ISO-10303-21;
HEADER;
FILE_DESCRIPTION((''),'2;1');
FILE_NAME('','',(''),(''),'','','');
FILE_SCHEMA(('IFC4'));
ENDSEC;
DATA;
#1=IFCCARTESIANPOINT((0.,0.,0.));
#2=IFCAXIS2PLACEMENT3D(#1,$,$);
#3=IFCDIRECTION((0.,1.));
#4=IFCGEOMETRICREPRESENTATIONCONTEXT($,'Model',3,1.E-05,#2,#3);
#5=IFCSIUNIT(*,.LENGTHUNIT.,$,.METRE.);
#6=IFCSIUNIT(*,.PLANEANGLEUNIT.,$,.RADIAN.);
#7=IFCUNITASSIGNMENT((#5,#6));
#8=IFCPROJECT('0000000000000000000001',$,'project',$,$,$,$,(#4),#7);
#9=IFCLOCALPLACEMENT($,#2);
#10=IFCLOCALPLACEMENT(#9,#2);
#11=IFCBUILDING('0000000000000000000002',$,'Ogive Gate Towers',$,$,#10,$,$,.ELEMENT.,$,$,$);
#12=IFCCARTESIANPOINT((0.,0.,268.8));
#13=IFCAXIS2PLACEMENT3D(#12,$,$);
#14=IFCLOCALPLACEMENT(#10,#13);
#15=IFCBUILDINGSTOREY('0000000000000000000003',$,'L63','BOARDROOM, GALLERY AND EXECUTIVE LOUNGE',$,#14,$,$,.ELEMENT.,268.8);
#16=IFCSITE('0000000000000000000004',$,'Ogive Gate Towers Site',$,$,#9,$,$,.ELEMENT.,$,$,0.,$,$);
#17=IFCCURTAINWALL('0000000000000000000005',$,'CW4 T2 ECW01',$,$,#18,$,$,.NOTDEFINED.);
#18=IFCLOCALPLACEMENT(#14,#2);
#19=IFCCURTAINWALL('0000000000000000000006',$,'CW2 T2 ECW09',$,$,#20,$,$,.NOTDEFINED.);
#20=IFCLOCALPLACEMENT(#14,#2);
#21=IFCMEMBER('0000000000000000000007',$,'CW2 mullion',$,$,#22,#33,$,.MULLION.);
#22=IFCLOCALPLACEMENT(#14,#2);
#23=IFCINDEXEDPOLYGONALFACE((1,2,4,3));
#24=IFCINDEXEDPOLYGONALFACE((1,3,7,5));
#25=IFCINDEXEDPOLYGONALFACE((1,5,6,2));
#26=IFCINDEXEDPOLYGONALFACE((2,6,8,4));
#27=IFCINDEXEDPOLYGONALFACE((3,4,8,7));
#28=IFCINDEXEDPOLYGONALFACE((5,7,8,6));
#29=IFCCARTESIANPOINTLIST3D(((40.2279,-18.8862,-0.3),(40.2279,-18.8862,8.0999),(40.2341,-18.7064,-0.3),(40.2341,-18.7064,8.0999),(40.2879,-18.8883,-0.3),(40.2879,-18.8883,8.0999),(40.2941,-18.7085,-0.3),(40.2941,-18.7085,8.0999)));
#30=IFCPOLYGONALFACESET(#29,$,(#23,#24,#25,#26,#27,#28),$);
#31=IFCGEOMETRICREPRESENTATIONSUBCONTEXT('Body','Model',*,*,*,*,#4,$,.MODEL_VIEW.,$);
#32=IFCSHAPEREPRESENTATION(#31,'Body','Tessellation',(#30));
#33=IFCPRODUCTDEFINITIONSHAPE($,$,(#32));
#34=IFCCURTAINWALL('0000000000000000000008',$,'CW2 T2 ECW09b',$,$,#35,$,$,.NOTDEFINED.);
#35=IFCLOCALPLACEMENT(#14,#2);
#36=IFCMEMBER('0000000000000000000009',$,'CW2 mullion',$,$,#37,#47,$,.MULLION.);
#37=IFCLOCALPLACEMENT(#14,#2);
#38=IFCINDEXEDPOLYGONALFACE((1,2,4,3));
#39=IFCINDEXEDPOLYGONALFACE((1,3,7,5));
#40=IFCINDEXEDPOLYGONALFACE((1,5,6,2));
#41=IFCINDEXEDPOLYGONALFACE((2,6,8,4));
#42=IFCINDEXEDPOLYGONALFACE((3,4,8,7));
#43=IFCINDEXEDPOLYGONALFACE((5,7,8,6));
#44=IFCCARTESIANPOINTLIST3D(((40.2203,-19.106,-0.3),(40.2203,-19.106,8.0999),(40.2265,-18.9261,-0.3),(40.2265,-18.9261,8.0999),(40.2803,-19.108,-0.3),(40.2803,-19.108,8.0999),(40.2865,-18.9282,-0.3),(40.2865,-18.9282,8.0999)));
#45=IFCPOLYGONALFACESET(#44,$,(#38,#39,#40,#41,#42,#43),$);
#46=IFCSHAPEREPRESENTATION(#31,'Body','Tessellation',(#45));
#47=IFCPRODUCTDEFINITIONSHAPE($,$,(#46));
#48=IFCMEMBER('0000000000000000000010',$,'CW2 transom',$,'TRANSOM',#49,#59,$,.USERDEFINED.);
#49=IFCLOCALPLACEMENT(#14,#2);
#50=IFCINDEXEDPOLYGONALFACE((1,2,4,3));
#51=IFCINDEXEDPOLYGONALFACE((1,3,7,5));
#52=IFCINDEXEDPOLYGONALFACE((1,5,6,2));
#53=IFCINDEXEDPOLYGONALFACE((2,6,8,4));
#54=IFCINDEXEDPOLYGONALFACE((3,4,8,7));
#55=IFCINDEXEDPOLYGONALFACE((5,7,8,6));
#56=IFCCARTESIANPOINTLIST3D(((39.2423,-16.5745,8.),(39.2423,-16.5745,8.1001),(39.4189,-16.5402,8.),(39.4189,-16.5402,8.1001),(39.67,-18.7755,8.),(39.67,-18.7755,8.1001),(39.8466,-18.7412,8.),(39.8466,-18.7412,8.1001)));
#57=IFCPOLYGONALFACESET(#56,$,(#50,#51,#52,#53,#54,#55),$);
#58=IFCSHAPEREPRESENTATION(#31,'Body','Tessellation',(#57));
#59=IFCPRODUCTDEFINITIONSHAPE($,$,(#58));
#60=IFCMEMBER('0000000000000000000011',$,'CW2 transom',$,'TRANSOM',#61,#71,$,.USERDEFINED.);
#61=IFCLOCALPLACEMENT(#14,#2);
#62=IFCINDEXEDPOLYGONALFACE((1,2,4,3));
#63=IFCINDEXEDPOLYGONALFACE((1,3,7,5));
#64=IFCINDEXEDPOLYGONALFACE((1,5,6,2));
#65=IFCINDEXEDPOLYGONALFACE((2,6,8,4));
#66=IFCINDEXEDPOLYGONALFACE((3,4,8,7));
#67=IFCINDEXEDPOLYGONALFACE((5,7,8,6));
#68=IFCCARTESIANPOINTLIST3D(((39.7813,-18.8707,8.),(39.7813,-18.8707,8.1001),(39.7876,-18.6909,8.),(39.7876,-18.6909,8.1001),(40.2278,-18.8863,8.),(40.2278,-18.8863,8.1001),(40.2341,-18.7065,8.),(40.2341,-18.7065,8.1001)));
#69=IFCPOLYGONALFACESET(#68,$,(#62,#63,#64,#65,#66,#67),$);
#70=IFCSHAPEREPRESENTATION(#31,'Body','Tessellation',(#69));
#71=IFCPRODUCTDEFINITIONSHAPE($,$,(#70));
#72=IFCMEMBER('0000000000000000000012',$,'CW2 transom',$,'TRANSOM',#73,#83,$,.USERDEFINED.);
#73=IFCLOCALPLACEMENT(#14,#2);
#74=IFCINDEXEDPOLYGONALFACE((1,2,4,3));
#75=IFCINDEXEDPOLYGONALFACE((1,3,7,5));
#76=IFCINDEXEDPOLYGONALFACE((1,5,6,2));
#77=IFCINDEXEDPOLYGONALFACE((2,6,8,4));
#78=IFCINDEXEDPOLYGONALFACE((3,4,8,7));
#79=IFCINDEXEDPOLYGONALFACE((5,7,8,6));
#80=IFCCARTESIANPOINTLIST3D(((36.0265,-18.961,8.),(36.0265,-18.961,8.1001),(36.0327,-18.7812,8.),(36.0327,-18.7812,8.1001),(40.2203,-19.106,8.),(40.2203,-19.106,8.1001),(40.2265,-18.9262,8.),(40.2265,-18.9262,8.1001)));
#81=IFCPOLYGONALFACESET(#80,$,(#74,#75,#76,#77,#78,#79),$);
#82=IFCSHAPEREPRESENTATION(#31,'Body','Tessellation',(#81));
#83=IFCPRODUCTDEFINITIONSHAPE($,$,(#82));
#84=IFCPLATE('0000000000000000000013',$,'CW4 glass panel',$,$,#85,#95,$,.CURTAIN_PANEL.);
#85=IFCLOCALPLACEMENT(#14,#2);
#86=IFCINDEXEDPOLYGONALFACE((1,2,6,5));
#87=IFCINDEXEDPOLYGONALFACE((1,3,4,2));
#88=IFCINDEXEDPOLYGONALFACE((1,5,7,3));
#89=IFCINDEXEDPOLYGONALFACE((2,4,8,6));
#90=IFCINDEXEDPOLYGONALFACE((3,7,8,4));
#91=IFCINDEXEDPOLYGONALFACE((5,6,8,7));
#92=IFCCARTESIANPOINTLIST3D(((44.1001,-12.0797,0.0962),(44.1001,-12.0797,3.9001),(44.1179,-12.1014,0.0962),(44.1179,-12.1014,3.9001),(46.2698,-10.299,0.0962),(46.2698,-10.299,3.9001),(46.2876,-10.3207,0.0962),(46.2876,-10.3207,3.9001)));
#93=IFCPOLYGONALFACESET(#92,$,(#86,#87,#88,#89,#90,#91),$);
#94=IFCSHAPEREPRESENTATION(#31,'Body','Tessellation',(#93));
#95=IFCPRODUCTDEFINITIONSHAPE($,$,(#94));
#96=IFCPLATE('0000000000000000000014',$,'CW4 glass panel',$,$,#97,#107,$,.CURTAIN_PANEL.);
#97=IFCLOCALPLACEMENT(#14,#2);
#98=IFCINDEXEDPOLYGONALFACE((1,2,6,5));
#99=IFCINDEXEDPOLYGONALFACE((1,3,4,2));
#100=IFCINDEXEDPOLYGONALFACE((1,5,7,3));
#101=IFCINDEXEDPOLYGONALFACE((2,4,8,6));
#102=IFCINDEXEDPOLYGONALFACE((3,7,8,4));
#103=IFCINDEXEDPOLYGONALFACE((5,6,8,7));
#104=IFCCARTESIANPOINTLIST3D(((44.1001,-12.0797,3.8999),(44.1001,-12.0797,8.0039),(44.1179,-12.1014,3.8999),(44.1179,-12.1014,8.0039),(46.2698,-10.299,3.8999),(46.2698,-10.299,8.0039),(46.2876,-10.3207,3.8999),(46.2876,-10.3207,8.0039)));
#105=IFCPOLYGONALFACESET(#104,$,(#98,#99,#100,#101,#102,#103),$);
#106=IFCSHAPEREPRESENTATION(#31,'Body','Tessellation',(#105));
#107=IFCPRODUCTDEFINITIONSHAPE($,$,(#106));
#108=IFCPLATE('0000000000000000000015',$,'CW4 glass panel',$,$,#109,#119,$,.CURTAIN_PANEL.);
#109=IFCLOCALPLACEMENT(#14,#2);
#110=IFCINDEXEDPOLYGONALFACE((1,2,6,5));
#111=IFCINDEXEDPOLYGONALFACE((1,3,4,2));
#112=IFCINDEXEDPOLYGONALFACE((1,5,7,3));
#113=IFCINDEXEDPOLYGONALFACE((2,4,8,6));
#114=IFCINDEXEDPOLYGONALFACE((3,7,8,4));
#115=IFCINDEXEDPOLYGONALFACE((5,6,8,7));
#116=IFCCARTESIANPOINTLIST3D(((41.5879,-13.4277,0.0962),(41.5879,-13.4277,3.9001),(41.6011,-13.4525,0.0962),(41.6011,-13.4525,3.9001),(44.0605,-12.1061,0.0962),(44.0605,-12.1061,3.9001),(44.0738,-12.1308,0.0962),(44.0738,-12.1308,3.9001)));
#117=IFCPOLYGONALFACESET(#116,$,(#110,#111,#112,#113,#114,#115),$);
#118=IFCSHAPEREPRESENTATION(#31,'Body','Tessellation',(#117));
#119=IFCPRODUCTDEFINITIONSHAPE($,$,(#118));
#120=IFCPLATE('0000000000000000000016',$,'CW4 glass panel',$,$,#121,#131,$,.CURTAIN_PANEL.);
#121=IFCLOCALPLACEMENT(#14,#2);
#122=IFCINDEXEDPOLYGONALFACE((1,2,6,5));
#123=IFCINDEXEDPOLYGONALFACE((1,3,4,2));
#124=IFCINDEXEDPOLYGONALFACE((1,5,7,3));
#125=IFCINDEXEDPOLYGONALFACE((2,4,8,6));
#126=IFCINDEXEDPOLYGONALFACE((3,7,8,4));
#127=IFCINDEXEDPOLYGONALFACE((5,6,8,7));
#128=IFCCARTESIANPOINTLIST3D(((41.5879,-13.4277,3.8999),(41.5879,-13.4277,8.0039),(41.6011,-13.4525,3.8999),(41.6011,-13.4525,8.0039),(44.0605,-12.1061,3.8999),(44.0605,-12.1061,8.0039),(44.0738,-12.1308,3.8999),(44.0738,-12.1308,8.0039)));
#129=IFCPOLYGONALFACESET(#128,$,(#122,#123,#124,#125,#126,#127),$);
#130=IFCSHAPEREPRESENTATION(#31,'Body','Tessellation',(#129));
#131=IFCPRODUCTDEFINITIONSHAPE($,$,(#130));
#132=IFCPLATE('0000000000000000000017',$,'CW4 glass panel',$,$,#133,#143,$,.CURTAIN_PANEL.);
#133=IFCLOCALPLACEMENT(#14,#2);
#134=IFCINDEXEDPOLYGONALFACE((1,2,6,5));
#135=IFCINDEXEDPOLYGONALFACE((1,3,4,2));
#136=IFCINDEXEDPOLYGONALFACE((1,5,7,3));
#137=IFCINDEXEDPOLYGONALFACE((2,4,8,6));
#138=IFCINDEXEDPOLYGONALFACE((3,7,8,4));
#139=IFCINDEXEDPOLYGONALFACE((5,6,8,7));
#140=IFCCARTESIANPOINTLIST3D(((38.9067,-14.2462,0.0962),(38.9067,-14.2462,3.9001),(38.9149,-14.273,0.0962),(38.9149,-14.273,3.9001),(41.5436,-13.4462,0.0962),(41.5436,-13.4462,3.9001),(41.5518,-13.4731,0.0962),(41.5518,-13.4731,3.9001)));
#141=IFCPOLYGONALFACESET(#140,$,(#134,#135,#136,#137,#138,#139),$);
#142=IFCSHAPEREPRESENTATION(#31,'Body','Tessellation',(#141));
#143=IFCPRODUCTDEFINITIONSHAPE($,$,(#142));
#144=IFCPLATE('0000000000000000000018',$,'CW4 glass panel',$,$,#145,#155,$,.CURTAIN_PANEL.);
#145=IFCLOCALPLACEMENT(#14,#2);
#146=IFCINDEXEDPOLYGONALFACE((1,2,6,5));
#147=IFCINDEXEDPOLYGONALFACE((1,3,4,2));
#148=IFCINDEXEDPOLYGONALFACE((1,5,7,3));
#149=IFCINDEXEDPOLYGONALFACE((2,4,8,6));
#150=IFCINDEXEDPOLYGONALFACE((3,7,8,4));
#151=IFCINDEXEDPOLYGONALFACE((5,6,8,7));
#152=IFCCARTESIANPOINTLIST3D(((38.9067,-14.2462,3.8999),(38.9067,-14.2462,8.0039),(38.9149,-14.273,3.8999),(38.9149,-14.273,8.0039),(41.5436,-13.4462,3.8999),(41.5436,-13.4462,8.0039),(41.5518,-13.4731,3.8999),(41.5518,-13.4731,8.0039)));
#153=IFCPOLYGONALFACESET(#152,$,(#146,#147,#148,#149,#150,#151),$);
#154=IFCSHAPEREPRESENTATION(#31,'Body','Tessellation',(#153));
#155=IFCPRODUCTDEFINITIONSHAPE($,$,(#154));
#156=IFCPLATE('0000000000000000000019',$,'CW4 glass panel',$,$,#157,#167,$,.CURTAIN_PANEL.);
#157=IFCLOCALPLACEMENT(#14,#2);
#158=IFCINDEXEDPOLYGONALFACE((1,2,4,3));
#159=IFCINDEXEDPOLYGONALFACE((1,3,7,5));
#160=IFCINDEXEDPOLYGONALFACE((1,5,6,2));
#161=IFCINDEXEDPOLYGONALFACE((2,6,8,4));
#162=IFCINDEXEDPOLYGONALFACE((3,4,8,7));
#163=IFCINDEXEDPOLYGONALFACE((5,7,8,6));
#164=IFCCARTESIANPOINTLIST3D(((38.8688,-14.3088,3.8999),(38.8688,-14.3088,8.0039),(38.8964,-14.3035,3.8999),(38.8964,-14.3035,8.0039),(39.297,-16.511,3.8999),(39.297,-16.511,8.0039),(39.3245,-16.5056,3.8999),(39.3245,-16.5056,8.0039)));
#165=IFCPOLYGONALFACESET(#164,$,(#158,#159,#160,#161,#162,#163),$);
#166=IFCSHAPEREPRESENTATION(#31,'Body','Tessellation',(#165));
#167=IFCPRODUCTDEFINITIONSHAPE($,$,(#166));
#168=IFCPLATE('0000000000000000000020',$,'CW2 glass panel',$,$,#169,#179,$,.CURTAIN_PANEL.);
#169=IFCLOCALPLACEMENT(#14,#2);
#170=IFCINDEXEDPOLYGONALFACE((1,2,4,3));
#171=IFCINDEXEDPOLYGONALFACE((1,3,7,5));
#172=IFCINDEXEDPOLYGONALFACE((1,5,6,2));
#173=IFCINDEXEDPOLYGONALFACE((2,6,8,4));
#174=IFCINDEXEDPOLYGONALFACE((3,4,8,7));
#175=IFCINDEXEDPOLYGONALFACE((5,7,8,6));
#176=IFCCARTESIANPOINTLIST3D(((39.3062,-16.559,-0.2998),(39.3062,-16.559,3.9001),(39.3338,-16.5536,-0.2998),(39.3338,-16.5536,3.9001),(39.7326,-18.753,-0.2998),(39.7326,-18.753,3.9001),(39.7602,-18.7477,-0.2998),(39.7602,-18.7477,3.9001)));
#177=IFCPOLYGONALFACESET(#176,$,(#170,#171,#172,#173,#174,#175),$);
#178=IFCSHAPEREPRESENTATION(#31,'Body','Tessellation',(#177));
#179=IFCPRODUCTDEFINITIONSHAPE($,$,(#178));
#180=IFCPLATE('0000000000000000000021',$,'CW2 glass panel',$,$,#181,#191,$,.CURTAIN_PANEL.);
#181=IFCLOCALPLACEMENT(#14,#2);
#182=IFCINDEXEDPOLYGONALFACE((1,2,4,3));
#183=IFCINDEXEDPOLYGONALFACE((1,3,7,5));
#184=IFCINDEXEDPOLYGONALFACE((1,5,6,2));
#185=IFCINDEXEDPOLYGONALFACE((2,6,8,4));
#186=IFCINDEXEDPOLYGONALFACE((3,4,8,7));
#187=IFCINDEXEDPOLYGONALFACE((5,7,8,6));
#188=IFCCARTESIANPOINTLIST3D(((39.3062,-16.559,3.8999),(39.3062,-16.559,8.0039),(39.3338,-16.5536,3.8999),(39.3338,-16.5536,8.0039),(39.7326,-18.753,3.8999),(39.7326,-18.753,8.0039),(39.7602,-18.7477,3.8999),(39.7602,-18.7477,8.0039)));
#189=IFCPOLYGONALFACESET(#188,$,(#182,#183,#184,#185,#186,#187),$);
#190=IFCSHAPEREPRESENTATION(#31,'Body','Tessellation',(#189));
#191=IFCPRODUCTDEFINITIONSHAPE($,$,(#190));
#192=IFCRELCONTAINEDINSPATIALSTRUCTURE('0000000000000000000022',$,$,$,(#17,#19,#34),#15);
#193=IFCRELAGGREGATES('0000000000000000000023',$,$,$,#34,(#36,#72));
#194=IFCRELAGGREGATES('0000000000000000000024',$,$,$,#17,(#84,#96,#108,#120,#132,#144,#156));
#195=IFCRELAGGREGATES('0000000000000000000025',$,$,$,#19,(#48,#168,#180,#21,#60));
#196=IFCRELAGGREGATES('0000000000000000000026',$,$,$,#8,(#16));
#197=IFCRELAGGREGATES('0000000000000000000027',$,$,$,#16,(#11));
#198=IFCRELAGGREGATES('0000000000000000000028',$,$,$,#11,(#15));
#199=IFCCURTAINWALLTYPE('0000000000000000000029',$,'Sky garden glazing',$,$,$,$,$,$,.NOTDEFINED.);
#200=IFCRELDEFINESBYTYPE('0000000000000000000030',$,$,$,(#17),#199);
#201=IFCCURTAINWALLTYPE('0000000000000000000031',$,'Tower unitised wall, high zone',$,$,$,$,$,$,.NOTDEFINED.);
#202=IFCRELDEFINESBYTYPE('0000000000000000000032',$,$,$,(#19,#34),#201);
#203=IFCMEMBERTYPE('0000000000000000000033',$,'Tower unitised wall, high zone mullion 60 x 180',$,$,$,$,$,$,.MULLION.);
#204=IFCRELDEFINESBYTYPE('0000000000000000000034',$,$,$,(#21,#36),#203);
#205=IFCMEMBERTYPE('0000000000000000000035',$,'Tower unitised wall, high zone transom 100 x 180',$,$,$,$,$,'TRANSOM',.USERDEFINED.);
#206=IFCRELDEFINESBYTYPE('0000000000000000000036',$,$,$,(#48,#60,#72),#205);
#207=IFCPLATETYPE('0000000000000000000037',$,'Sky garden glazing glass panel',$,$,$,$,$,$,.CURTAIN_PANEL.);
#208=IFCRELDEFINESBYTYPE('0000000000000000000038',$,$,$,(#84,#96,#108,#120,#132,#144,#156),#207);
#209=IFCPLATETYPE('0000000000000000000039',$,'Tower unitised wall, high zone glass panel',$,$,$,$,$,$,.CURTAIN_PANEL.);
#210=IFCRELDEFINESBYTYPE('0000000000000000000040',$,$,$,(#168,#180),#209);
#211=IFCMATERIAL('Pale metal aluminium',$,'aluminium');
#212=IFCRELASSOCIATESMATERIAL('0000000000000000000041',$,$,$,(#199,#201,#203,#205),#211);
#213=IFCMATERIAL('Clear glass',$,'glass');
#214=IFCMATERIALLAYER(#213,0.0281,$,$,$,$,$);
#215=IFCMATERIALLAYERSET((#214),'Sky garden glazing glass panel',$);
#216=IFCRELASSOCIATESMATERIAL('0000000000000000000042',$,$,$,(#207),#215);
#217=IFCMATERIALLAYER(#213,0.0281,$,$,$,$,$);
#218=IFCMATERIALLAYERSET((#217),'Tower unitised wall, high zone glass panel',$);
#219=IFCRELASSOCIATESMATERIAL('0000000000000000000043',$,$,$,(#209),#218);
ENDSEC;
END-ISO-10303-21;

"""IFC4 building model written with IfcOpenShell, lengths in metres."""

from ifc_helpers import new_model, si_unit, direction, frame, origin, origin_2d, place, context, subcontext, project, spatial, rectangle, extrude, material, layer, layer_set, material_profile, profile_set, type_object, element, aggregate, save


model = new_model("IFC4")

# Units and contexts
model_context = context("Model", 3, precision=1e-05, world=origin(), true_north=direction((0.0, 1.0)))
body_context = subcontext(model_context, "Body", "Model", "MODEL_VIEW")
ifc_project = project(units=[si_unit("LENGTHUNIT", "METRE"), si_unit("PLANEANGLEUNIT", "RADIAN")], contexts=[model_context])

# Site, building, storey
site_placement = place(None, origin())
site = spatial("IfcSite", under=ifc_project, at=site_placement, Name="Ogive Gate Towers Site", CompositionType="ELEMENT", RefElevation=0.0)
building_placement = place(site_placement, origin())
building = spatial("IfcBuilding", under=site, at=building_placement, Name="Ogive Gate Towers", CompositionType="ELEMENT")
storey_placement = place(building_placement, frame((0.0, 0.0, 268.8)))
storey = spatial("IfcBuildingStorey", under=building, at=storey_placement, Name="L63", Description="BOARDROOM, GALLERY AND EXECUTIVE LOUNGE", CompositionType="ELEMENT", Elevation=268.8)

# Curtain walls, member
ifc_material_1 = material(Name="Pale metal aluminium", Category="aluminium")
curtain_wall_type_1 = type_object("IfcCurtainWallType", Name="Sky garden glazing", PredefinedType="NOTDEFINED", material=ifc_material_1)
curtain_wall_1_placement = place(storey_placement, origin())
curtain_wall_1 = element("IfcCurtainWall", 1, at=curtain_wall_1_placement, inside=storey, type_object=curtain_wall_type_1, Name="CW4 T2 ECW01", PredefinedType="NOTDEFINED")
curtain_wall_type_2 = type_object("IfcCurtainWallType", Name="Tower unitised wall, high zone", PredefinedType="NOTDEFINED", material=ifc_material_1)
curtain_wall_2_placement = place(storey_placement, origin())
curtain_wall_2 = element("IfcCurtainWall", 2, at=curtain_wall_2_placement, inside=storey, type_object=curtain_wall_type_2, Name="CW2 T2 ECW09", PredefinedType="NOTDEFINED")
ifc_material_profile_1 = material_profile(ifc_material_1, rectangle(XDim=0.1799, YDim=0.0601, at=origin_2d()), Name="60 x 180 aluminium box")
ifc_profile_set_1 = profile_set([ifc_material_profile_1], Name="Pale metal aluminium")
member_type_1 = type_object("IfcMemberType", Name="Tower unitised wall, high zone mullion 60 x 180", PredefinedType="MULLION", material=ifc_profile_set_1)
member_1_placement = place(storey_placement, frame((40.261, -18.7974, -0.3), z_axis=(0.0, 0.0, 1.0), x_axis=(-0.034533, -0.999404, 0.0)))
member_1 = element("IfcMember", 3, at=member_1_placement, type_object=member_type_1, Name="CW2 mullion", PredefinedType="MULLION", context=body_context, shape_type="SweptSolid", body=[
    extrude(rectangle(XDim=0.1799, YDim=0.0601, at=origin_2d()), origin(), (0.0, 0.0, 1.0), 8.3999),
])

# Curtain wall, member
curtain_wall_3_placement = place(storey_placement, origin())
curtain_wall_3 = element("IfcCurtainWall", 4, at=curtain_wall_3_placement, inside=storey, type_object=curtain_wall_type_2, Name="CW2 T2 ECW09b", PredefinedType="NOTDEFINED")
member_2_placement = place(storey_placement, frame((40.2534, -19.0171, -0.3), z_axis=(0.0, 0.0, 1.0), x_axis=(0.034533, 0.999404, 0.0)))
member_2 = element("IfcMember", 5, at=member_2_placement, type_object=member_type_1, Name="CW2 mullion", PredefinedType="MULLION", context=body_context, shape_type="SweptSolid", body=[
    extrude(rectangle(XDim=0.1799, YDim=0.0601, at=origin_2d()), origin(), (0.0, 0.0, 1.0), 8.3999),
])

# Members
ifc_material_profile_2 = material_profile(ifc_material_1, rectangle(XDim=0.1799, YDim=0.1001, at=origin_2d()), Name="100 x 180 aluminium box")
ifc_profile_set_2 = profile_set([ifc_material_profile_2], Name="Pale metal aluminium")
member_type_2 = type_object("IfcMemberType", Name="Tower unitised wall, high zone transom 100 x 180", ElementType="TRANSOM", PredefinedType="USERDEFINED", material=ifc_profile_set_2)
member_3_placement = place(storey_placement, frame((39.3306, -16.5574, 8.05), z_axis=(0.190773, -0.981634, 0.0), x_axis=(0.981634, 0.190773, 0.0)))
member_3 = element("IfcMember", 6, at=member_3_placement, type_object=member_type_2, Name="CW2 transom", ObjectType="TRANSOM", PredefinedType="USERDEFINED", context=body_context, shape_type="SweptSolid", body=[
    extrude(rectangle(XDim=0.1799, YDim=0.1001, at=origin_2d()), origin(), (0.0, 0.0, 1.0), 2.2422),
])
member_4_placement = place(storey_placement, frame((39.7844, -18.7808, 8.05), z_axis=(0.999388, -0.03497, 0.0), x_axis=(0.03497, 0.999388, 0.0)))
member_4 = element("IfcMember", 7, at=member_4_placement, type_object=member_type_2, Name="CW2 transom", ObjectType="TRANSOM", PredefinedType="USERDEFINED", context=body_context, shape_type="SweptSolid", body=[
    extrude(rectangle(XDim=0.1799, YDim=0.1001, at=origin_2d()), origin(), (0.0, 0.0, 1.0), 0.4468),
])
member_5_placement = place(storey_placement, frame((40.2234, -19.0161, 8.05), z_axis=(-0.999403, 0.034558, 0.0), x_axis=(-0.034558, -0.999403, 0.0)))
member_5 = element("IfcMember", 8, at=member_5_placement, type_object=member_type_2, Name="CW2 transom", ObjectType="TRANSOM", PredefinedType="USERDEFINED", context=body_context, shape_type="SweptSolid", body=[
    extrude(rectangle(XDim=0.1799, YDim=0.1001, at=origin_2d()), origin(), (0.0, 0.0, 1.0), 4.1963),
])
aggregate(curtain_wall_3, [member_2, member_5])

# Plates
ifc_material_2 = material(Name="Clear glass", Category="glass")
ifc_layer_1 = layer(ifc_material_2, 0.0281)
ifc_layer_set_1 = layer_set([ifc_layer_1], Name="Sky garden glazing glass panel")
plate_type_1 = type_object("IfcPlateType", Name="Sky garden glazing glass panel", PredefinedType="CURTAIN_PANEL", material=ifc_layer_set_1)
plate_1_placement = place(storey_placement, frame((45.1938, -11.2002, 0.0962), z_axis=(0.0, 0.0, 1.0), x_axis=(-0.772999, -0.634407, 0.0)))
plate_1 = element("IfcPlate", 9, at=plate_1_placement, type_object=plate_type_1, Name="CW4 glass panel", PredefinedType="CURTAIN_PANEL", context=body_context, shape_type="SweptSolid", body=[
    extrude(rectangle(XDim=2.8069, YDim=0.0281, at=origin_2d()), origin(), (0.0, 0.0, 1.0), 3.804),
])
plate_2_placement = place(storey_placement, frame((45.1938, -11.2002, 3.8999), z_axis=(0.0, 0.0, 1.0), x_axis=(-0.772999, -0.634407, 0.0)))
plate_2 = element("IfcPlate", 10, at=plate_2_placement, type_object=plate_type_1, Name="CW4 glass panel", PredefinedType="CURTAIN_PANEL", context=body_context, shape_type="SweptSolid", body=[
    extrude(rectangle(XDim=2.8069, YDim=0.0281, at=origin_2d()), origin(), (0.0, 0.0, 1.0), 4.104),
])
plate_3_placement = place(storey_placement, frame((42.8308, -12.7793, 0.0962), z_axis=(0.0, 0.0, 1.0), x_axis=(-0.881921, -0.471397, 0.0)))
plate_3 = element("IfcPlate", 11, at=plate_3_placement, type_object=plate_type_1, Name="CW4 glass panel", PredefinedType="CURTAIN_PANEL", context=body_context, shape_type="SweptSolid", body=[
    extrude(rectangle(XDim=2.8037, YDim=0.0281, at=origin_2d()), origin(), (0.0, 0.0, 1.0), 3.804),
])
plate_4_placement = place(storey_placement, frame((42.8308, -12.7793, 3.8999), z_axis=(0.0, 0.0, 1.0), x_axis=(-0.881921, -0.471397, 0.0)))
plate_4 = element("IfcPlate", 12, at=plate_4_placement, type_object=plate_type_1, Name="CW4 glass panel", PredefinedType="CURTAIN_PANEL", context=body_context, shape_type="SweptSolid", body=[
    extrude(rectangle(XDim=2.8037, YDim=0.0281, at=origin_2d()), origin(), (0.0, 0.0, 1.0), 4.104),
])
plate_5_placement = place(storey_placement, frame((40.2292, -13.8596, 0.0962), z_axis=(0.0, 0.0, 1.0), x_axis=(-0.956935, -0.290301, 0.0)))
plate_5 = element("IfcPlate", 13, at=plate_5_placement, type_object=plate_type_1, Name="CW4 glass panel", PredefinedType="CURTAIN_PANEL", context=body_context, shape_type="SweptSolid", body=[
    extrude(rectangle(XDim=2.7556, YDim=0.0281, at=origin_2d()), origin(), (0.0, 0.0, 1.0), 3.804),
])
plate_6_placement = place(storey_placement, frame((40.2292, -13.8596, 3.8999), z_axis=(0.0, 0.0, 1.0), x_axis=(-0.956935, -0.290301, 0.0)))
plate_6 = element("IfcPlate", 14, at=plate_6_placement, type_object=plate_type_1, Name="CW4 glass panel", PredefinedType="CURTAIN_PANEL", context=body_context, shape_type="SweptSolid", body=[
    extrude(rectangle(XDim=2.7556, YDim=0.0281, at=origin_2d()), origin(), (0.0, 0.0, 1.0), 4.104),
])
plate_7_placement = place(storey_placement, frame((39.0967, -15.4072, 3.8999), z_axis=(0.0, 0.0, 1.0), x_axis=(0.190826, -0.981624, 0.0)))
plate_7 = element("IfcPlate", 15, at=plate_7_placement, type_object=plate_type_1, Name="CW4 glass panel", PredefinedType="CURTAIN_PANEL", context=body_context, shape_type="SweptSolid", body=[
    extrude(rectangle(XDim=2.2434, YDim=0.0281, at=origin_2d()), origin(), (0.0, 0.0, 1.0), 4.104),
])
aggregate(curtain_wall_1, [plate_1, plate_2, plate_3, plate_4, plate_5, plate_6, plate_7])
ifc_layer_2 = layer(ifc_material_2, 0.0281)
ifc_layer_set_2 = layer_set([ifc_layer_2], Name="Tower unitised wall, high zone glass panel")
plate_type_2 = type_object("IfcPlateType", Name="Tower unitised wall, high zone glass panel", PredefinedType="CURTAIN_PANEL", material=ifc_layer_set_2)
plate_8_placement = place(storey_placement, frame((39.5332, -17.6533, -0.2998), z_axis=(0.0, 0.0, 1.0), x_axis=(0.190775, -0.981634, 0.0)))
plate_8 = element("IfcPlate", 16, at=plate_8_placement, type_object=plate_type_2, Name="CW2 glass panel", PredefinedType="CURTAIN_PANEL", context=body_context, shape_type="SweptSolid", body=[
    extrude(rectangle(XDim=2.2351, YDim=0.0281, at=origin_2d()), origin(), (0.0, 0.0, 1.0), 4.2),
])
plate_9_placement = place(storey_placement, frame((39.5332, -17.6533, 3.8999), z_axis=(0.0, 0.0, 1.0), x_axis=(0.190775, -0.981634, 0.0)))
plate_9 = element("IfcPlate", 17, at=plate_9_placement, type_object=plate_type_2, Name="CW2 glass panel", PredefinedType="CURTAIN_PANEL", context=body_context, shape_type="SweptSolid", body=[
    extrude(rectangle(XDim=2.2351, YDim=0.0281, at=origin_2d()), origin(), (0.0, 0.0, 1.0), 4.104),
])
aggregate(curtain_wall_2, [member_3, plate_8, plate_9, member_1, member_4])

save(model, "model.ifc")
